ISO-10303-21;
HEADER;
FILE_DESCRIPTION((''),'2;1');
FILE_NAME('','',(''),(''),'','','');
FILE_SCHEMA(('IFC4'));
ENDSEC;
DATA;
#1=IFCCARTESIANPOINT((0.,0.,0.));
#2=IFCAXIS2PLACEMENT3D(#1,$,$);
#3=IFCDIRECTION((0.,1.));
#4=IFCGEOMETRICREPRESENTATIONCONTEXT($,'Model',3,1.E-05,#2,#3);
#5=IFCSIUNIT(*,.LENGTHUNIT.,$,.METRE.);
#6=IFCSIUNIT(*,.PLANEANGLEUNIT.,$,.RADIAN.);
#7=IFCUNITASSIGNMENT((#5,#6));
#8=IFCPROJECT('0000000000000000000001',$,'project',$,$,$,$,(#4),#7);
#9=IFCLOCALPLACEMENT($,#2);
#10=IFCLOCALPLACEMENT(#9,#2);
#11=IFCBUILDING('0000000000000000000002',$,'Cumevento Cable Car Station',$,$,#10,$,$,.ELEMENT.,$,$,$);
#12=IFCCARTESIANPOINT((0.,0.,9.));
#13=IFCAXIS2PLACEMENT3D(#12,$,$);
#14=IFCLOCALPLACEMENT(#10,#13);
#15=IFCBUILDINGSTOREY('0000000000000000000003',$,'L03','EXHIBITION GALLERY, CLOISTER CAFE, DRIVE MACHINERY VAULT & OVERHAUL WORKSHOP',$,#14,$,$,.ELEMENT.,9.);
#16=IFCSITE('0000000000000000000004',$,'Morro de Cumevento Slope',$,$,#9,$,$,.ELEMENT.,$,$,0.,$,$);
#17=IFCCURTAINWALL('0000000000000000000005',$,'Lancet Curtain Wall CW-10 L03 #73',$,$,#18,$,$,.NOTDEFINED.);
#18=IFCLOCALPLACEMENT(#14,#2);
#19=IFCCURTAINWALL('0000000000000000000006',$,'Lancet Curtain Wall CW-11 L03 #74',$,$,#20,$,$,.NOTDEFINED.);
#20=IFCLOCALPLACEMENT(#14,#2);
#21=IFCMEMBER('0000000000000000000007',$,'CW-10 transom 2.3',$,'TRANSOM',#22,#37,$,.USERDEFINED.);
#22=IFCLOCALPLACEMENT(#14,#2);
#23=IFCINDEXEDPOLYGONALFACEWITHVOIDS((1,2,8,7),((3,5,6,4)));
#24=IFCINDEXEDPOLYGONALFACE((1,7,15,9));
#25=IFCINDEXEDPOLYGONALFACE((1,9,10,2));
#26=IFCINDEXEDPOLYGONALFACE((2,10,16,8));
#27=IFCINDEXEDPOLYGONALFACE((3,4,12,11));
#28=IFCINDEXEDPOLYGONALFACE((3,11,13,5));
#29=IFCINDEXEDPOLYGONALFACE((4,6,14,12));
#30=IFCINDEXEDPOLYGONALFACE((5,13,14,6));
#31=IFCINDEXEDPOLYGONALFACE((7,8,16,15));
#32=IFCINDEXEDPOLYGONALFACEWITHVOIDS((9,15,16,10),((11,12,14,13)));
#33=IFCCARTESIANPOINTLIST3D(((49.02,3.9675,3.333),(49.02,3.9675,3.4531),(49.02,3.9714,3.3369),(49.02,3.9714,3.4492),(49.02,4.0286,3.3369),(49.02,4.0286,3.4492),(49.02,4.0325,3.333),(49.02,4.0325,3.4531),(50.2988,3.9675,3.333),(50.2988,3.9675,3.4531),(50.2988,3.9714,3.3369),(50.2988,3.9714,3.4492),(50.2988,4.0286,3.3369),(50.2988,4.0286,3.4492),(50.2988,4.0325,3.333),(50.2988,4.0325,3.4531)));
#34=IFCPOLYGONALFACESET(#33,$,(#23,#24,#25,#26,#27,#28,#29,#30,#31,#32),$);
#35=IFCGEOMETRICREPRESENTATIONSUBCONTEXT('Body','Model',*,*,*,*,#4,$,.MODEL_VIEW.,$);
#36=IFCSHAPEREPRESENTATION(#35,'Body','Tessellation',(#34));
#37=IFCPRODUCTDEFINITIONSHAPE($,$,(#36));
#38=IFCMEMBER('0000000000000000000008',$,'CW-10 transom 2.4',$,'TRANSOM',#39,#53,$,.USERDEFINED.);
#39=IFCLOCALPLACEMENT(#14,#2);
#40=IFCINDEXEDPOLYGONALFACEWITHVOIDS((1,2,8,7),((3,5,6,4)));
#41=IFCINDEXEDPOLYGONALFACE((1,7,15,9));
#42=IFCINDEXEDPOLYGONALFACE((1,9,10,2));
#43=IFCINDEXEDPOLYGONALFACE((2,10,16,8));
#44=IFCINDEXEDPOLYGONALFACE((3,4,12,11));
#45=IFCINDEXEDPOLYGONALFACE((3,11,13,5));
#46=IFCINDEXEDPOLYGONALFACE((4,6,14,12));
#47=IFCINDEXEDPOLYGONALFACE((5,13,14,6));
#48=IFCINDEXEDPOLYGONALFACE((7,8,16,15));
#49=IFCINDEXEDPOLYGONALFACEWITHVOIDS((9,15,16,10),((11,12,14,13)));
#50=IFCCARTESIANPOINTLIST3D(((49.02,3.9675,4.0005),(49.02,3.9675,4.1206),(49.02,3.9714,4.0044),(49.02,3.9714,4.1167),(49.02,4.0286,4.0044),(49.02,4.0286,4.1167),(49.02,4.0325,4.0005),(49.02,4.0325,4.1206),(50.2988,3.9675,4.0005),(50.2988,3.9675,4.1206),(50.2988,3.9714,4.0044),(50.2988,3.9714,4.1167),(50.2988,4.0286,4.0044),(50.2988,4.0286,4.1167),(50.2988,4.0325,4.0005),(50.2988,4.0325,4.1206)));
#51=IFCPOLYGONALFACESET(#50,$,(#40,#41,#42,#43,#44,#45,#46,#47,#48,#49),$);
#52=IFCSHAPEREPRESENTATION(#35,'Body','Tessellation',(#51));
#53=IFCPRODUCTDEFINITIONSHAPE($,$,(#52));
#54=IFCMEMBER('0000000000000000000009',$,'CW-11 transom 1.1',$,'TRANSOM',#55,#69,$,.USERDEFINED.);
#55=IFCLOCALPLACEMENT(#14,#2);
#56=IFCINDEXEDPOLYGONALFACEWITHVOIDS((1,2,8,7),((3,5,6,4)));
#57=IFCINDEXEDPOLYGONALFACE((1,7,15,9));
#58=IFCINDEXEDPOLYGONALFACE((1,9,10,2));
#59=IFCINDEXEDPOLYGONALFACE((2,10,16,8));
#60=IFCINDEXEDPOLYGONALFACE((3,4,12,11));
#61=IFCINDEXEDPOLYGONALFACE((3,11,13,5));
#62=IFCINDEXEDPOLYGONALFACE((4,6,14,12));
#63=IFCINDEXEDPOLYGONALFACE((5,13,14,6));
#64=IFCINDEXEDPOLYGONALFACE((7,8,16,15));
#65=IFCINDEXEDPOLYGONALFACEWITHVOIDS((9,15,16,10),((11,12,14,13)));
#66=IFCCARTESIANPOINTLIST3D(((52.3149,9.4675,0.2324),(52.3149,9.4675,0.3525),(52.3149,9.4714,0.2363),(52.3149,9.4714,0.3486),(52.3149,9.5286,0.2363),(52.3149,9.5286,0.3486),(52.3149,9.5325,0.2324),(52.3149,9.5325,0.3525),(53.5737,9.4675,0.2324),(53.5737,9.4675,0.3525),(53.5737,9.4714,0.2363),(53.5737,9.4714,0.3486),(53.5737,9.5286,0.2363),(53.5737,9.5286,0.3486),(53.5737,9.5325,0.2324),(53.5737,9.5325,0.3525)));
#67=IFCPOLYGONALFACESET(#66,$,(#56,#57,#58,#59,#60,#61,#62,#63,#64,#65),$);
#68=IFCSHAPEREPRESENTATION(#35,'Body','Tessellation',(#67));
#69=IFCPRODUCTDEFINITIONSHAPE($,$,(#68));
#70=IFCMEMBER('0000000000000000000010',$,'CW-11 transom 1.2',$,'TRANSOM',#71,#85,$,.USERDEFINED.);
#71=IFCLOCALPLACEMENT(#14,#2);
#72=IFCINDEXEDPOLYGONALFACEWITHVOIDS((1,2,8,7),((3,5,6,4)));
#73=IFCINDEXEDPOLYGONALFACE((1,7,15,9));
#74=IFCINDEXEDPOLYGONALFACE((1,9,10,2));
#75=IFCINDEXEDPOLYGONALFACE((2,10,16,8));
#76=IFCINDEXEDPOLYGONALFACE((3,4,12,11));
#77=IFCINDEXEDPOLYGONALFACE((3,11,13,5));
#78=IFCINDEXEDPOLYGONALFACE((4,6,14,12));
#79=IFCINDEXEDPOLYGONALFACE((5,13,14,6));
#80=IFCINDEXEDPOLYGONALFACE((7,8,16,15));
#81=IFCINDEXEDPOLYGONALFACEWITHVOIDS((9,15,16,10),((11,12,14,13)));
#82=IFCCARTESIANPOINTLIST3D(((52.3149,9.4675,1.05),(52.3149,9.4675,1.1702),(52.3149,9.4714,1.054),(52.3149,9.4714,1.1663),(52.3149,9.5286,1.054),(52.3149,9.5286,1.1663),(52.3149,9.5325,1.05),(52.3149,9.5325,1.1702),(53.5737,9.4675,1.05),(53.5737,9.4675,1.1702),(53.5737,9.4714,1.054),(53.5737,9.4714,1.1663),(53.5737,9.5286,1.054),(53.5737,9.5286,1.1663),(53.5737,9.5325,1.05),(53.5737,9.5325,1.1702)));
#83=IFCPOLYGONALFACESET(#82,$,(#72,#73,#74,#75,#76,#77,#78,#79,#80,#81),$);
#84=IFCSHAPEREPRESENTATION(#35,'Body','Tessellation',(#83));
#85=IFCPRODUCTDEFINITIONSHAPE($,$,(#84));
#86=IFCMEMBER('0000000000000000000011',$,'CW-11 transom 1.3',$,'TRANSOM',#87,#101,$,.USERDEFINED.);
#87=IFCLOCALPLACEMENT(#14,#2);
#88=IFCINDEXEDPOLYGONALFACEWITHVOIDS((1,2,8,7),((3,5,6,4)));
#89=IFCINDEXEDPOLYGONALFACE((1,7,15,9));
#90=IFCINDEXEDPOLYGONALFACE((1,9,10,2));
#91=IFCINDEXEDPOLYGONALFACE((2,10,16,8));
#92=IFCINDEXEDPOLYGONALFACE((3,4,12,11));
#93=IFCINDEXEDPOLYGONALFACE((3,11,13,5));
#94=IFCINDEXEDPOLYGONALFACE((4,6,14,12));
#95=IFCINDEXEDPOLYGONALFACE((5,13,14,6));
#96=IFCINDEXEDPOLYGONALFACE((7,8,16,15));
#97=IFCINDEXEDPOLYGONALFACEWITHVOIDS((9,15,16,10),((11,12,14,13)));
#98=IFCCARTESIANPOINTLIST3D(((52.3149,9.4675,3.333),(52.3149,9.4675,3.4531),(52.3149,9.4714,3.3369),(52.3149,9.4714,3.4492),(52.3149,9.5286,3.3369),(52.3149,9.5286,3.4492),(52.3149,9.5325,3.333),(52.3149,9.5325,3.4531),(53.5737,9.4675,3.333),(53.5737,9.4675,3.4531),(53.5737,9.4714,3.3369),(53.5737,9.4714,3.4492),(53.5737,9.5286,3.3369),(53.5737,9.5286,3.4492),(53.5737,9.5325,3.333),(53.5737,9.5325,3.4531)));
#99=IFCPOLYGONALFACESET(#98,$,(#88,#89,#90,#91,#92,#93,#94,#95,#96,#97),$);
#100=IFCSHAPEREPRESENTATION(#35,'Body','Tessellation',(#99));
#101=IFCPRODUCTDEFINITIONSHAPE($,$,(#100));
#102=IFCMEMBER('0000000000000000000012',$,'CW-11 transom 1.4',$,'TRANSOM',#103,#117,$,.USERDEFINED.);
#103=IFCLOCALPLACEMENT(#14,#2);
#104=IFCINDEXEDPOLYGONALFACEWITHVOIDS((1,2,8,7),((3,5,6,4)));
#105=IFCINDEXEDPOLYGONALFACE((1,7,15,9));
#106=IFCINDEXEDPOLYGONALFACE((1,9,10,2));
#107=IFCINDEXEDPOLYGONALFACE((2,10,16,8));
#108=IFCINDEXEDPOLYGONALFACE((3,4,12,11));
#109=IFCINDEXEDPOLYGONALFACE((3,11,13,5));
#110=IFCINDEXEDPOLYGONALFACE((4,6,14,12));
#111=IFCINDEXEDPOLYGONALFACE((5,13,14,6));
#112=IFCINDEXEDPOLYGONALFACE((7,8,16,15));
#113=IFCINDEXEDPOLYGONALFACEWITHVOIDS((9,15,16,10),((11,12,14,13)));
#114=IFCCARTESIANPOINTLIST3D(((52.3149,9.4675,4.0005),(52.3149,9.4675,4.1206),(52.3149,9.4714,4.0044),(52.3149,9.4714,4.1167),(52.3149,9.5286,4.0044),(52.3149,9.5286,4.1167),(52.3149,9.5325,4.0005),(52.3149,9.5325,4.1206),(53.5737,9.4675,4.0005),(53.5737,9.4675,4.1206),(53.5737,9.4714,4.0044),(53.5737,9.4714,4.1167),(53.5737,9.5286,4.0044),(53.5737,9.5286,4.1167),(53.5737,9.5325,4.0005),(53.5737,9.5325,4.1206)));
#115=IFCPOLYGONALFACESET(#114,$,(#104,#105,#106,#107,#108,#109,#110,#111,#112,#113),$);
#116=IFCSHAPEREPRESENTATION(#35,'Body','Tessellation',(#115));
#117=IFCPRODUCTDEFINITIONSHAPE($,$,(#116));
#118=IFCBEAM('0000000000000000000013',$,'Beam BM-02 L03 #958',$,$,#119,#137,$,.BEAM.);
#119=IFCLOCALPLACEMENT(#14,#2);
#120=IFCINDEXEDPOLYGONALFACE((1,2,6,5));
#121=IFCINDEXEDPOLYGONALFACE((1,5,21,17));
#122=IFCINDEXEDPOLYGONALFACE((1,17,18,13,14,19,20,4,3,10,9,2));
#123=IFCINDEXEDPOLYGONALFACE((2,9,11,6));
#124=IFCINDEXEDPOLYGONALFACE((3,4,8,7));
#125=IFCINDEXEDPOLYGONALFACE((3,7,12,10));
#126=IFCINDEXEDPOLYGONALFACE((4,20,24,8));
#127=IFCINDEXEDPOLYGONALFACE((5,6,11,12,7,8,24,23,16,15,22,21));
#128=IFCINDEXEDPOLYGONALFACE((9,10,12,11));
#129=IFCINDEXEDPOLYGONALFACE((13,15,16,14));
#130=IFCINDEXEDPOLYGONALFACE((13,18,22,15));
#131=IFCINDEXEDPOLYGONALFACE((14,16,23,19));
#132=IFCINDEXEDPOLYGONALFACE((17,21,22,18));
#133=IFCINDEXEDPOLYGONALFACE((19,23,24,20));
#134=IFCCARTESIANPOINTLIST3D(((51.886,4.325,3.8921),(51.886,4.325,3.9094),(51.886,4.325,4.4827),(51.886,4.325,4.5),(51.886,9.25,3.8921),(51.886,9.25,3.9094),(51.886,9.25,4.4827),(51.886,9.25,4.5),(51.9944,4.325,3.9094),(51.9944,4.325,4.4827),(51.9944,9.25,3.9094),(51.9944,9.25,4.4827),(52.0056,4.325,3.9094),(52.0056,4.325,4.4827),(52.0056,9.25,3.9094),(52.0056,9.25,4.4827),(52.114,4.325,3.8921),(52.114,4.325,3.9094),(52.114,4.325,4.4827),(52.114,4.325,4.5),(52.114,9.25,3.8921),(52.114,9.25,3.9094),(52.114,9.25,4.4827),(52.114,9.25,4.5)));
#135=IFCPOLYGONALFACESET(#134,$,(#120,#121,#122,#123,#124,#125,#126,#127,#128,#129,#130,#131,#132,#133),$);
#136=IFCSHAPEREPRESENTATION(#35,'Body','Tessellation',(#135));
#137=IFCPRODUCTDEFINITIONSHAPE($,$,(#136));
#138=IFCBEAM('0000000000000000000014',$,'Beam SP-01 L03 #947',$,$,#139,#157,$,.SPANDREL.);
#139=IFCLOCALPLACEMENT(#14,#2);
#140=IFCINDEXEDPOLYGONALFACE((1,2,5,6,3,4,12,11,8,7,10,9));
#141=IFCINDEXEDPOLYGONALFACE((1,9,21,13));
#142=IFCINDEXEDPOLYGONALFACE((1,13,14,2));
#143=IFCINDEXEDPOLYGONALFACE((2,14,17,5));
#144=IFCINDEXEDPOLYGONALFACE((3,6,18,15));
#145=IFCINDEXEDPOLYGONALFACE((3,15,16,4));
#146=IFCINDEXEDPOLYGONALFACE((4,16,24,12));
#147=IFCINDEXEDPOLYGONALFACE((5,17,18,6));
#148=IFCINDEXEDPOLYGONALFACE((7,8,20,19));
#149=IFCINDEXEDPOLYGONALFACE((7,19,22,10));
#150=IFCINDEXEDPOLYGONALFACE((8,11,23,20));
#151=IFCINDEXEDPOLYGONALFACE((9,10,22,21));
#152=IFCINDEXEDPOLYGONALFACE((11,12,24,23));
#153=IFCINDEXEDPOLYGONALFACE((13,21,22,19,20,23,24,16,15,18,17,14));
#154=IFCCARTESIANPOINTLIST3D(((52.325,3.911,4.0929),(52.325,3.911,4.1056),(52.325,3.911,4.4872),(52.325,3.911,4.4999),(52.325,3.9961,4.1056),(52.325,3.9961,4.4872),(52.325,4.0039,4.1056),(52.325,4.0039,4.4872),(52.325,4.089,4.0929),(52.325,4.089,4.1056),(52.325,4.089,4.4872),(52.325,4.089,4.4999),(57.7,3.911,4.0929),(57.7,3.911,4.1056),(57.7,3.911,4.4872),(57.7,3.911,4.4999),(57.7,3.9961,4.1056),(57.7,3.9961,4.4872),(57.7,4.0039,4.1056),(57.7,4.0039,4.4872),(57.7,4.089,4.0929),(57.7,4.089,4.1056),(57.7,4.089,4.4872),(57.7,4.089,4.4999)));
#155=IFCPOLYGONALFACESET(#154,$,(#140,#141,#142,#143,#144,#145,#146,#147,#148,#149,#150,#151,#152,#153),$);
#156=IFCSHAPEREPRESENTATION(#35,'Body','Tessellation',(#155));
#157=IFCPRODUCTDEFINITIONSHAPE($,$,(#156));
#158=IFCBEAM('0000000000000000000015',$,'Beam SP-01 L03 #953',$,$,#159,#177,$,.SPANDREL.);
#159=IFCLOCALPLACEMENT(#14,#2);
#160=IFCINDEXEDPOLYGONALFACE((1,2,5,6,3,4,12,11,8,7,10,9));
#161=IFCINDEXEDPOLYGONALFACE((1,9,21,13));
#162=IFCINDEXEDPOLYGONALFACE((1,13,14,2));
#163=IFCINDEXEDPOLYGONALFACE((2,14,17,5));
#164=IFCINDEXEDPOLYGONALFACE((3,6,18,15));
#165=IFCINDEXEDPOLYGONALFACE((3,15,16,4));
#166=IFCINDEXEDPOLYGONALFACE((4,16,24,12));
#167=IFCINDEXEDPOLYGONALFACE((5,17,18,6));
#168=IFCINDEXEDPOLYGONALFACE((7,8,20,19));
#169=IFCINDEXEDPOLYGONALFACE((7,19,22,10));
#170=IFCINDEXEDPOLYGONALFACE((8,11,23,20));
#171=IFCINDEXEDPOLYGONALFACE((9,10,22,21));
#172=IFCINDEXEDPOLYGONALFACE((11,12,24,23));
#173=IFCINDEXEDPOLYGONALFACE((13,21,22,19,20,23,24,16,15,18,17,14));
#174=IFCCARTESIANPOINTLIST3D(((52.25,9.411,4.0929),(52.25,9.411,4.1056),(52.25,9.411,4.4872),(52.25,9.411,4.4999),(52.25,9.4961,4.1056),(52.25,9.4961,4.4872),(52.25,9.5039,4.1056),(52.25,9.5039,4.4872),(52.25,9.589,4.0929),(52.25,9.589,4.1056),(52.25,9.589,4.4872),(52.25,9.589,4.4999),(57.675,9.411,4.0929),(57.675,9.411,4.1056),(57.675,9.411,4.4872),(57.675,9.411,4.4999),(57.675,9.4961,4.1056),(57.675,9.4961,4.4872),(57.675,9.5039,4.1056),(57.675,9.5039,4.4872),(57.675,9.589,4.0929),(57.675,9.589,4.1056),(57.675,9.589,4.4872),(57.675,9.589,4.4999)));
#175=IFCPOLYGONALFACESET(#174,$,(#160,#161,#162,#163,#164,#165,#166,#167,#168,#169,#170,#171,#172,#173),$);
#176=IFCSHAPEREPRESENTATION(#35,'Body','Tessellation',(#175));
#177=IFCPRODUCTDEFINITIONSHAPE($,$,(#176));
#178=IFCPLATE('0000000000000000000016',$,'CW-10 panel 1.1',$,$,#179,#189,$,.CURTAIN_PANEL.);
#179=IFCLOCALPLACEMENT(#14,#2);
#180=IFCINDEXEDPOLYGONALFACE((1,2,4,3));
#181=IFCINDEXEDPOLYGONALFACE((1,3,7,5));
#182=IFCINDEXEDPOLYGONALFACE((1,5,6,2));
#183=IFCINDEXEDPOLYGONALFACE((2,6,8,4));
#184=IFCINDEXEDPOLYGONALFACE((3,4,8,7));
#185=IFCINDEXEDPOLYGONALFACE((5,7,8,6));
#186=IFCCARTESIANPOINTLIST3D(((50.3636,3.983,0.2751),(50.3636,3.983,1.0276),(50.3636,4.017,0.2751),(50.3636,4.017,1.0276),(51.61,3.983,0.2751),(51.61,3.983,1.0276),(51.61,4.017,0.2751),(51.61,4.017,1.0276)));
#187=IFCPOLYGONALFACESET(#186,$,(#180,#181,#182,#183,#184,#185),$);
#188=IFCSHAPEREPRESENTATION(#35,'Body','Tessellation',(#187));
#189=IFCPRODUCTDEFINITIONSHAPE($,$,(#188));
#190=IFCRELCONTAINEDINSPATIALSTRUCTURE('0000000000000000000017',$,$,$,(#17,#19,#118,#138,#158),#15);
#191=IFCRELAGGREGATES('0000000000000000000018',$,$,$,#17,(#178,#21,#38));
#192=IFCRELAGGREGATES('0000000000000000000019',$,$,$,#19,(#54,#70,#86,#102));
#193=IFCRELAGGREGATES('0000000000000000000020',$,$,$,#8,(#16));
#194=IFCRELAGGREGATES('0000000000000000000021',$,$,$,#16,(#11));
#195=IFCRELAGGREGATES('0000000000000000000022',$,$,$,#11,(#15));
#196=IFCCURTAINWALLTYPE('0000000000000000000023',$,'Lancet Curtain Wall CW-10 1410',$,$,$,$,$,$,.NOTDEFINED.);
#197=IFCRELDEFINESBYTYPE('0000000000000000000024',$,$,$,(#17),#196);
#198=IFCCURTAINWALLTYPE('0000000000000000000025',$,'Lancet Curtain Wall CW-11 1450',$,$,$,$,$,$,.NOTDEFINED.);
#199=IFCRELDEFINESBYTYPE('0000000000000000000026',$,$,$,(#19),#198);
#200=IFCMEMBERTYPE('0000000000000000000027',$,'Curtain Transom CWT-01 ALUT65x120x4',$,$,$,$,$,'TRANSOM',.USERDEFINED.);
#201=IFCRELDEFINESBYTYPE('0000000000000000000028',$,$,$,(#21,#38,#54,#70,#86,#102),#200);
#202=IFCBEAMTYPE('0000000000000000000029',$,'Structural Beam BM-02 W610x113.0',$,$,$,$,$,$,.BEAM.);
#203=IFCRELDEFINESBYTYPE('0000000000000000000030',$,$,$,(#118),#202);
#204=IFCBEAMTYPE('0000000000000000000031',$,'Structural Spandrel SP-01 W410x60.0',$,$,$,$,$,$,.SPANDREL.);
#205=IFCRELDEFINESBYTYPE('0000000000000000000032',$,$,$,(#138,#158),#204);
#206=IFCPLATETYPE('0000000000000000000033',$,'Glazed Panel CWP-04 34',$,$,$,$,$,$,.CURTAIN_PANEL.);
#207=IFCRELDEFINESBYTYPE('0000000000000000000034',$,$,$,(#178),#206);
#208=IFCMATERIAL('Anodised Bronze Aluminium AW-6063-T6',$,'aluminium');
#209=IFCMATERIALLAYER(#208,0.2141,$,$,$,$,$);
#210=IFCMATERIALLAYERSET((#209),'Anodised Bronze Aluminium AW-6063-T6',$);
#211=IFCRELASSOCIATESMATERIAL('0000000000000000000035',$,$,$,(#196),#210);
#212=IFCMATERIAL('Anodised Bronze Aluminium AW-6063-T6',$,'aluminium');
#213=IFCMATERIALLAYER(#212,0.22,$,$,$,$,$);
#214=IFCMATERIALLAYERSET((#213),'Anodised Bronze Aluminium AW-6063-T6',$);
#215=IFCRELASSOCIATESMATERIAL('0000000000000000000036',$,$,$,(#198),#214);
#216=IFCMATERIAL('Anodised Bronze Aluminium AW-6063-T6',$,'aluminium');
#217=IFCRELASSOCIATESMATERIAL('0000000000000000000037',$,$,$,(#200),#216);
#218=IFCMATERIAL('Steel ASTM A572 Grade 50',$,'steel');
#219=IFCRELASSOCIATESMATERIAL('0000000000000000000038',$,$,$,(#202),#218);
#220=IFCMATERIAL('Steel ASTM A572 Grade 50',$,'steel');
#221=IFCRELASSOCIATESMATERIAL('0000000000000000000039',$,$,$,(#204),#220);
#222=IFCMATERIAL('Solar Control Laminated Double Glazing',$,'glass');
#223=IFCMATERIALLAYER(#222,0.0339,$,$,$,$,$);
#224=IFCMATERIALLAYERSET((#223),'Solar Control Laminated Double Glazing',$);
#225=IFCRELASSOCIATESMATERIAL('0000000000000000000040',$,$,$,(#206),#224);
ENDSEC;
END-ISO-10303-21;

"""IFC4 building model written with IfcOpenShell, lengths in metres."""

from ifc_helpers import new_model, si_unit, direction, frame, origin, origin_2d, place, context, subcontext, project, spatial, rectangle, hollow_rectangle, i_section, extrude, material, layer, layer_set, material_profile, profile_set, type_object, element, aggregate, save


model = new_model("IFC4")

# Units and contexts
model_context = context("Model", 3, precision=1e-05, world=origin(), true_north=direction((0.0, 1.0)))
body_context = subcontext(model_context, "Body", "Model", "MODEL_VIEW")
ifc_project = project(units=[si_unit("LENGTHUNIT", "METRE"), si_unit("PLANEANGLEUNIT", "RADIAN")], contexts=[model_context])

# Site, building, storey
site_placement = place(None, origin())
site = spatial("IfcSite", under=ifc_project, at=site_placement, Name="Morro de Cumevento Slope", CompositionType="ELEMENT", RefElevation=0.0)
building_placement = place(site_placement, origin())
building = spatial("IfcBuilding", under=site, at=building_placement, Name="Cumevento Cable Car Station", CompositionType="ELEMENT")
storey_placement = place(building_placement, frame((0.0, 0.0, 9.0)))
storey = spatial("IfcBuildingStorey", under=building, at=storey_placement, Name="L03", Description="EXHIBITION GALLERY, CLOISTER CAFE, DRIVE MACHINERY VAULT & OVERHAUL WORKSHOP", CompositionType="ELEMENT", Elevation=9.0)

# Curtain walls
ifc_material_1 = material(Name="Anodised Bronze Aluminium AW-6063-T6", Category="aluminium")
ifc_layer_1 = layer(ifc_material_1, 0.2141)
ifc_layer_set_1 = layer_set([ifc_layer_1], Name="Anodised Bronze Aluminium AW-6063-T6")
curtain_wall_type_1 = type_object("IfcCurtainWallType", Name="Lancet Curtain Wall CW-10 1410", PredefinedType="NOTDEFINED", material=ifc_layer_set_1)
curtain_wall_1_placement = place(storey_placement, origin())
curtain_wall_1 = element("IfcCurtainWall", 1, at=curtain_wall_1_placement, inside=storey, type_object=curtain_wall_type_1, Name="Lancet Curtain Wall CW-10 L03 #73", PredefinedType="NOTDEFINED")
ifc_material_2 = material(Name="Anodised Bronze Aluminium AW-6063-T6", Category="aluminium")
ifc_layer_2 = layer(ifc_material_2, 0.22)
ifc_layer_set_2 = layer_set([ifc_layer_2], Name="Anodised Bronze Aluminium AW-6063-T6")
curtain_wall_type_2 = type_object("IfcCurtainWallType", Name="Lancet Curtain Wall CW-11 1450", PredefinedType="NOTDEFINED", material=ifc_layer_set_2)
curtain_wall_2_placement = place(storey_placement, origin())
curtain_wall_2 = element("IfcCurtainWall", 2, at=curtain_wall_2_placement, inside=storey, type_object=curtain_wall_type_2, Name="Lancet Curtain Wall CW-11 L03 #74", PredefinedType="NOTDEFINED")

# Members
ifc_material_3 = material(Name="Anodised Bronze Aluminium AW-6063-T6", Category="aluminium")
ifc_material_profile_1 = material_profile(ifc_material_3, hollow_rectangle(XDim=0.0649, YDim=0.1201, WallThickness=0.0039, at=origin_2d()), Name="ALUT65x120x4")
ifc_profile_set_1 = profile_set([ifc_material_profile_1], Name="Anodised Bronze Aluminium AW-6063-T6")
member_type_1 = type_object("IfcMemberType", Name="Curtain Transom CWT-01 ALUT65x120x4", ElementType="TRANSOM", PredefinedType="USERDEFINED", material=ifc_profile_set_1)
member_1_placement = place(storey_placement, frame((50.2988, 4.0, 3.3931), z_axis=(-1.0, 0.0, 0.0), x_axis=(0.0, -1.0, 0.0)))
member_1 = element("IfcMember", 3, at=member_1_placement, type_object=member_type_1, Name="CW-10 transom 2.3", ObjectType="TRANSOM", PredefinedType="USERDEFINED", context=body_context, shape_type="SweptSolid", body=[
    extrude(hollow_rectangle(XDim=0.0649, YDim=0.1201, WallThickness=0.0039, at=origin_2d()), origin(), (0.0, 0.0, 1.0), 1.2788),
])
member_2_placement = place(storey_placement, frame((50.2988, 4.0, 4.0605), z_axis=(-1.0, 0.0, 0.0), x_axis=(0.0, -1.0, 0.0)))
member_2 = element("IfcMember", 4, at=member_2_placement, type_object=member_type_1, Name="CW-10 transom 2.4", ObjectType="TRANSOM", PredefinedType="USERDEFINED", context=body_context, shape_type="SweptSolid", body=[
    extrude(hollow_rectangle(XDim=0.0649, YDim=0.1201, WallThickness=0.0039, at=origin_2d()), origin(), (0.0, 0.0, 1.0), 1.2788),
])
member_3_placement = place(storey_placement, frame((52.3149, 9.5, 0.2925), z_axis=(1.0, 0.0, 0.0), x_axis=(0.0, 1.0, 0.0)))
member_3 = element("IfcMember", 5, at=member_3_placement, type_object=member_type_1, Name="CW-11 transom 1.1", ObjectType="TRANSOM", PredefinedType="USERDEFINED", context=body_context, shape_type="SweptSolid", body=[
    extrude(hollow_rectangle(XDim=0.0649, YDim=0.1201, WallThickness=0.0039, at=origin_2d()), origin(), (0.0, 0.0, 1.0), 1.2588),
])
member_4_placement = place(storey_placement, frame((52.3149, 9.5, 1.1101), z_axis=(1.0, 0.0, 0.0), x_axis=(0.0, 1.0, 0.0)))
member_4 = element("IfcMember", 6, at=member_4_placement, type_object=member_type_1, Name="CW-11 transom 1.2", ObjectType="TRANSOM", PredefinedType="USERDEFINED", context=body_context, shape_type="SweptSolid", body=[
    extrude(hollow_rectangle(XDim=0.0649, YDim=0.1201, WallThickness=0.0039, at=origin_2d()), origin(), (0.0, 0.0, 1.0), 1.2588),
])
member_5_placement = place(storey_placement, frame((52.3149, 9.5, 3.3931), z_axis=(1.0, 0.0, 0.0), x_axis=(0.0, 1.0, 0.0)))
member_5 = element("IfcMember", 7, at=member_5_placement, type_object=member_type_1, Name="CW-11 transom 1.3", ObjectType="TRANSOM", PredefinedType="USERDEFINED", context=body_context, shape_type="SweptSolid", body=[
    extrude(hollow_rectangle(XDim=0.0649, YDim=0.1201, WallThickness=0.0039, at=origin_2d()), origin(), (0.0, 0.0, 1.0), 1.2588),
])
member_6_placement = place(storey_placement, frame((52.3149, 9.5, 4.0605), z_axis=(1.0, 0.0, 0.0), x_axis=(0.0, 1.0, 0.0)))
member_6 = element("IfcMember", 8, at=member_6_placement, type_object=member_type_1, Name="CW-11 transom 1.4", ObjectType="TRANSOM", PredefinedType="USERDEFINED", context=body_context, shape_type="SweptSolid", body=[
    extrude(hollow_rectangle(XDim=0.0649, YDim=0.1201, WallThickness=0.0039, at=origin_2d()), origin(), (0.0, 0.0, 1.0), 1.2588),
])

# Beams
ifc_material_4 = material(Name="Steel ASTM A572 Grade 50", Category="steel")
ifc_material_profile_2 = material_profile(ifc_material_4, i_section(OverallWidth=0.228, OverallDepth=0.6079, WebThickness=0.0112, FlangeThickness=0.0173, at=origin_2d()), Name="W610x113.0")
ifc_profile_set_2 = profile_set([ifc_material_profile_2], Name="Steel ASTM A572 Grade 50")
beam_type_1 = type_object("IfcBeamType", Name="Structural Beam BM-02 W610x113.0", PredefinedType="BEAM", material=ifc_profile_set_2)
beam_1_placement = place(storey_placement, frame((52.0, 4.325, 4.196), z_axis=(0.0, 1.0, 0.0), x_axis=(-1.0, 0.0, 0.0)))
element("IfcBeam", 9, at=beam_1_placement, inside=storey, type_object=beam_type_1, Name="Beam BM-02 L03 #958", PredefinedType="BEAM", context=body_context, shape_type="SweptSolid", body=[
    extrude(i_section(OverallWidth=0.228, OverallDepth=0.6079, WebThickness=0.0112, FlangeThickness=0.0173, at=origin_2d()), origin(), (0.0, 0.0, 1.0), 4.925),
])
ifc_material_5 = material(Name="Steel ASTM A572 Grade 50", Category="steel")
ifc_material_profile_3 = material_profile(ifc_material_5, i_section(OverallWidth=0.178, OverallDepth=0.407, WebThickness=0.0078, FlangeThickness=0.0127, at=origin_2d()), Name="W410x60.0")
ifc_profile_set_3 = profile_set([ifc_material_profile_3], Name="Steel ASTM A572 Grade 50")
beam_type_2 = type_object("IfcBeamType", Name="Structural Spandrel SP-01 W410x60.0", PredefinedType="SPANDREL", material=ifc_profile_set_3)
beam_2_placement = place(storey_placement, frame((52.325, 4.0, 4.2964), z_axis=(1.0, 0.0, 0.0), x_axis=(0.0, 1.0, 0.0)))
element("IfcBeam", 10, at=beam_2_placement, inside=storey, type_object=beam_type_2, Name="Beam SP-01 L03 #947", PredefinedType="SPANDREL", context=body_context, shape_type="SweptSolid", body=[
    extrude(i_section(OverallWidth=0.178, OverallDepth=0.407, WebThickness=0.0078, FlangeThickness=0.0127, at=origin_2d()), origin(), (0.0, 0.0, 1.0), 5.375),
])
beam_3_placement = place(storey_placement, frame((52.25, 9.5, 4.2964), z_axis=(1.0, 0.0, 0.0), x_axis=(0.0, 1.0, 0.0)))
element("IfcBeam", 11, at=beam_3_placement, inside=storey, type_object=beam_type_2, Name="Beam SP-01 L03 #953", PredefinedType="SPANDREL", context=body_context, shape_type="SweptSolid", body=[
    extrude(i_section(OverallWidth=0.178, OverallDepth=0.407, WebThickness=0.0078, FlangeThickness=0.0127, at=origin_2d()), origin(), (0.0, 0.0, 1.0), 5.425),
])

# Plate
ifc_material_6 = material(Name="Solar Control Laminated Double Glazing", Category="glass")
ifc_layer_3 = layer(ifc_material_6, 0.0339)
ifc_layer_set_3 = layer_set([ifc_layer_3], Name="Solar Control Laminated Double Glazing")
plate_type_1 = type_object("IfcPlateType", Name="Glazed Panel CWP-04 34", PredefinedType="CURTAIN_PANEL", material=ifc_layer_set_3)
plate_1_placement = place(storey_placement, frame((50.9868, 4.0, 0.2751), z_axis=(0.0, 0.0, 1.0), x_axis=(-1.0, 0.0, 0.0)))
plate_1 = element("IfcPlate", 12, at=plate_1_placement, type_object=plate_type_1, Name="CW-10 panel 1.1", PredefinedType="CURTAIN_PANEL", context=body_context, shape_type="SweptSolid", body=[
    extrude(rectangle(XDim=1.2463, YDim=0.0339, at=origin_2d()), origin(), (0.0, 0.0, 1.0), 0.7524),
])
aggregate(curtain_wall_1, [plate_1, member_1, member_2])
aggregate(curtain_wall_2, [member_3, member_4, member_5, member_6])

save(model, "model.ifc")
